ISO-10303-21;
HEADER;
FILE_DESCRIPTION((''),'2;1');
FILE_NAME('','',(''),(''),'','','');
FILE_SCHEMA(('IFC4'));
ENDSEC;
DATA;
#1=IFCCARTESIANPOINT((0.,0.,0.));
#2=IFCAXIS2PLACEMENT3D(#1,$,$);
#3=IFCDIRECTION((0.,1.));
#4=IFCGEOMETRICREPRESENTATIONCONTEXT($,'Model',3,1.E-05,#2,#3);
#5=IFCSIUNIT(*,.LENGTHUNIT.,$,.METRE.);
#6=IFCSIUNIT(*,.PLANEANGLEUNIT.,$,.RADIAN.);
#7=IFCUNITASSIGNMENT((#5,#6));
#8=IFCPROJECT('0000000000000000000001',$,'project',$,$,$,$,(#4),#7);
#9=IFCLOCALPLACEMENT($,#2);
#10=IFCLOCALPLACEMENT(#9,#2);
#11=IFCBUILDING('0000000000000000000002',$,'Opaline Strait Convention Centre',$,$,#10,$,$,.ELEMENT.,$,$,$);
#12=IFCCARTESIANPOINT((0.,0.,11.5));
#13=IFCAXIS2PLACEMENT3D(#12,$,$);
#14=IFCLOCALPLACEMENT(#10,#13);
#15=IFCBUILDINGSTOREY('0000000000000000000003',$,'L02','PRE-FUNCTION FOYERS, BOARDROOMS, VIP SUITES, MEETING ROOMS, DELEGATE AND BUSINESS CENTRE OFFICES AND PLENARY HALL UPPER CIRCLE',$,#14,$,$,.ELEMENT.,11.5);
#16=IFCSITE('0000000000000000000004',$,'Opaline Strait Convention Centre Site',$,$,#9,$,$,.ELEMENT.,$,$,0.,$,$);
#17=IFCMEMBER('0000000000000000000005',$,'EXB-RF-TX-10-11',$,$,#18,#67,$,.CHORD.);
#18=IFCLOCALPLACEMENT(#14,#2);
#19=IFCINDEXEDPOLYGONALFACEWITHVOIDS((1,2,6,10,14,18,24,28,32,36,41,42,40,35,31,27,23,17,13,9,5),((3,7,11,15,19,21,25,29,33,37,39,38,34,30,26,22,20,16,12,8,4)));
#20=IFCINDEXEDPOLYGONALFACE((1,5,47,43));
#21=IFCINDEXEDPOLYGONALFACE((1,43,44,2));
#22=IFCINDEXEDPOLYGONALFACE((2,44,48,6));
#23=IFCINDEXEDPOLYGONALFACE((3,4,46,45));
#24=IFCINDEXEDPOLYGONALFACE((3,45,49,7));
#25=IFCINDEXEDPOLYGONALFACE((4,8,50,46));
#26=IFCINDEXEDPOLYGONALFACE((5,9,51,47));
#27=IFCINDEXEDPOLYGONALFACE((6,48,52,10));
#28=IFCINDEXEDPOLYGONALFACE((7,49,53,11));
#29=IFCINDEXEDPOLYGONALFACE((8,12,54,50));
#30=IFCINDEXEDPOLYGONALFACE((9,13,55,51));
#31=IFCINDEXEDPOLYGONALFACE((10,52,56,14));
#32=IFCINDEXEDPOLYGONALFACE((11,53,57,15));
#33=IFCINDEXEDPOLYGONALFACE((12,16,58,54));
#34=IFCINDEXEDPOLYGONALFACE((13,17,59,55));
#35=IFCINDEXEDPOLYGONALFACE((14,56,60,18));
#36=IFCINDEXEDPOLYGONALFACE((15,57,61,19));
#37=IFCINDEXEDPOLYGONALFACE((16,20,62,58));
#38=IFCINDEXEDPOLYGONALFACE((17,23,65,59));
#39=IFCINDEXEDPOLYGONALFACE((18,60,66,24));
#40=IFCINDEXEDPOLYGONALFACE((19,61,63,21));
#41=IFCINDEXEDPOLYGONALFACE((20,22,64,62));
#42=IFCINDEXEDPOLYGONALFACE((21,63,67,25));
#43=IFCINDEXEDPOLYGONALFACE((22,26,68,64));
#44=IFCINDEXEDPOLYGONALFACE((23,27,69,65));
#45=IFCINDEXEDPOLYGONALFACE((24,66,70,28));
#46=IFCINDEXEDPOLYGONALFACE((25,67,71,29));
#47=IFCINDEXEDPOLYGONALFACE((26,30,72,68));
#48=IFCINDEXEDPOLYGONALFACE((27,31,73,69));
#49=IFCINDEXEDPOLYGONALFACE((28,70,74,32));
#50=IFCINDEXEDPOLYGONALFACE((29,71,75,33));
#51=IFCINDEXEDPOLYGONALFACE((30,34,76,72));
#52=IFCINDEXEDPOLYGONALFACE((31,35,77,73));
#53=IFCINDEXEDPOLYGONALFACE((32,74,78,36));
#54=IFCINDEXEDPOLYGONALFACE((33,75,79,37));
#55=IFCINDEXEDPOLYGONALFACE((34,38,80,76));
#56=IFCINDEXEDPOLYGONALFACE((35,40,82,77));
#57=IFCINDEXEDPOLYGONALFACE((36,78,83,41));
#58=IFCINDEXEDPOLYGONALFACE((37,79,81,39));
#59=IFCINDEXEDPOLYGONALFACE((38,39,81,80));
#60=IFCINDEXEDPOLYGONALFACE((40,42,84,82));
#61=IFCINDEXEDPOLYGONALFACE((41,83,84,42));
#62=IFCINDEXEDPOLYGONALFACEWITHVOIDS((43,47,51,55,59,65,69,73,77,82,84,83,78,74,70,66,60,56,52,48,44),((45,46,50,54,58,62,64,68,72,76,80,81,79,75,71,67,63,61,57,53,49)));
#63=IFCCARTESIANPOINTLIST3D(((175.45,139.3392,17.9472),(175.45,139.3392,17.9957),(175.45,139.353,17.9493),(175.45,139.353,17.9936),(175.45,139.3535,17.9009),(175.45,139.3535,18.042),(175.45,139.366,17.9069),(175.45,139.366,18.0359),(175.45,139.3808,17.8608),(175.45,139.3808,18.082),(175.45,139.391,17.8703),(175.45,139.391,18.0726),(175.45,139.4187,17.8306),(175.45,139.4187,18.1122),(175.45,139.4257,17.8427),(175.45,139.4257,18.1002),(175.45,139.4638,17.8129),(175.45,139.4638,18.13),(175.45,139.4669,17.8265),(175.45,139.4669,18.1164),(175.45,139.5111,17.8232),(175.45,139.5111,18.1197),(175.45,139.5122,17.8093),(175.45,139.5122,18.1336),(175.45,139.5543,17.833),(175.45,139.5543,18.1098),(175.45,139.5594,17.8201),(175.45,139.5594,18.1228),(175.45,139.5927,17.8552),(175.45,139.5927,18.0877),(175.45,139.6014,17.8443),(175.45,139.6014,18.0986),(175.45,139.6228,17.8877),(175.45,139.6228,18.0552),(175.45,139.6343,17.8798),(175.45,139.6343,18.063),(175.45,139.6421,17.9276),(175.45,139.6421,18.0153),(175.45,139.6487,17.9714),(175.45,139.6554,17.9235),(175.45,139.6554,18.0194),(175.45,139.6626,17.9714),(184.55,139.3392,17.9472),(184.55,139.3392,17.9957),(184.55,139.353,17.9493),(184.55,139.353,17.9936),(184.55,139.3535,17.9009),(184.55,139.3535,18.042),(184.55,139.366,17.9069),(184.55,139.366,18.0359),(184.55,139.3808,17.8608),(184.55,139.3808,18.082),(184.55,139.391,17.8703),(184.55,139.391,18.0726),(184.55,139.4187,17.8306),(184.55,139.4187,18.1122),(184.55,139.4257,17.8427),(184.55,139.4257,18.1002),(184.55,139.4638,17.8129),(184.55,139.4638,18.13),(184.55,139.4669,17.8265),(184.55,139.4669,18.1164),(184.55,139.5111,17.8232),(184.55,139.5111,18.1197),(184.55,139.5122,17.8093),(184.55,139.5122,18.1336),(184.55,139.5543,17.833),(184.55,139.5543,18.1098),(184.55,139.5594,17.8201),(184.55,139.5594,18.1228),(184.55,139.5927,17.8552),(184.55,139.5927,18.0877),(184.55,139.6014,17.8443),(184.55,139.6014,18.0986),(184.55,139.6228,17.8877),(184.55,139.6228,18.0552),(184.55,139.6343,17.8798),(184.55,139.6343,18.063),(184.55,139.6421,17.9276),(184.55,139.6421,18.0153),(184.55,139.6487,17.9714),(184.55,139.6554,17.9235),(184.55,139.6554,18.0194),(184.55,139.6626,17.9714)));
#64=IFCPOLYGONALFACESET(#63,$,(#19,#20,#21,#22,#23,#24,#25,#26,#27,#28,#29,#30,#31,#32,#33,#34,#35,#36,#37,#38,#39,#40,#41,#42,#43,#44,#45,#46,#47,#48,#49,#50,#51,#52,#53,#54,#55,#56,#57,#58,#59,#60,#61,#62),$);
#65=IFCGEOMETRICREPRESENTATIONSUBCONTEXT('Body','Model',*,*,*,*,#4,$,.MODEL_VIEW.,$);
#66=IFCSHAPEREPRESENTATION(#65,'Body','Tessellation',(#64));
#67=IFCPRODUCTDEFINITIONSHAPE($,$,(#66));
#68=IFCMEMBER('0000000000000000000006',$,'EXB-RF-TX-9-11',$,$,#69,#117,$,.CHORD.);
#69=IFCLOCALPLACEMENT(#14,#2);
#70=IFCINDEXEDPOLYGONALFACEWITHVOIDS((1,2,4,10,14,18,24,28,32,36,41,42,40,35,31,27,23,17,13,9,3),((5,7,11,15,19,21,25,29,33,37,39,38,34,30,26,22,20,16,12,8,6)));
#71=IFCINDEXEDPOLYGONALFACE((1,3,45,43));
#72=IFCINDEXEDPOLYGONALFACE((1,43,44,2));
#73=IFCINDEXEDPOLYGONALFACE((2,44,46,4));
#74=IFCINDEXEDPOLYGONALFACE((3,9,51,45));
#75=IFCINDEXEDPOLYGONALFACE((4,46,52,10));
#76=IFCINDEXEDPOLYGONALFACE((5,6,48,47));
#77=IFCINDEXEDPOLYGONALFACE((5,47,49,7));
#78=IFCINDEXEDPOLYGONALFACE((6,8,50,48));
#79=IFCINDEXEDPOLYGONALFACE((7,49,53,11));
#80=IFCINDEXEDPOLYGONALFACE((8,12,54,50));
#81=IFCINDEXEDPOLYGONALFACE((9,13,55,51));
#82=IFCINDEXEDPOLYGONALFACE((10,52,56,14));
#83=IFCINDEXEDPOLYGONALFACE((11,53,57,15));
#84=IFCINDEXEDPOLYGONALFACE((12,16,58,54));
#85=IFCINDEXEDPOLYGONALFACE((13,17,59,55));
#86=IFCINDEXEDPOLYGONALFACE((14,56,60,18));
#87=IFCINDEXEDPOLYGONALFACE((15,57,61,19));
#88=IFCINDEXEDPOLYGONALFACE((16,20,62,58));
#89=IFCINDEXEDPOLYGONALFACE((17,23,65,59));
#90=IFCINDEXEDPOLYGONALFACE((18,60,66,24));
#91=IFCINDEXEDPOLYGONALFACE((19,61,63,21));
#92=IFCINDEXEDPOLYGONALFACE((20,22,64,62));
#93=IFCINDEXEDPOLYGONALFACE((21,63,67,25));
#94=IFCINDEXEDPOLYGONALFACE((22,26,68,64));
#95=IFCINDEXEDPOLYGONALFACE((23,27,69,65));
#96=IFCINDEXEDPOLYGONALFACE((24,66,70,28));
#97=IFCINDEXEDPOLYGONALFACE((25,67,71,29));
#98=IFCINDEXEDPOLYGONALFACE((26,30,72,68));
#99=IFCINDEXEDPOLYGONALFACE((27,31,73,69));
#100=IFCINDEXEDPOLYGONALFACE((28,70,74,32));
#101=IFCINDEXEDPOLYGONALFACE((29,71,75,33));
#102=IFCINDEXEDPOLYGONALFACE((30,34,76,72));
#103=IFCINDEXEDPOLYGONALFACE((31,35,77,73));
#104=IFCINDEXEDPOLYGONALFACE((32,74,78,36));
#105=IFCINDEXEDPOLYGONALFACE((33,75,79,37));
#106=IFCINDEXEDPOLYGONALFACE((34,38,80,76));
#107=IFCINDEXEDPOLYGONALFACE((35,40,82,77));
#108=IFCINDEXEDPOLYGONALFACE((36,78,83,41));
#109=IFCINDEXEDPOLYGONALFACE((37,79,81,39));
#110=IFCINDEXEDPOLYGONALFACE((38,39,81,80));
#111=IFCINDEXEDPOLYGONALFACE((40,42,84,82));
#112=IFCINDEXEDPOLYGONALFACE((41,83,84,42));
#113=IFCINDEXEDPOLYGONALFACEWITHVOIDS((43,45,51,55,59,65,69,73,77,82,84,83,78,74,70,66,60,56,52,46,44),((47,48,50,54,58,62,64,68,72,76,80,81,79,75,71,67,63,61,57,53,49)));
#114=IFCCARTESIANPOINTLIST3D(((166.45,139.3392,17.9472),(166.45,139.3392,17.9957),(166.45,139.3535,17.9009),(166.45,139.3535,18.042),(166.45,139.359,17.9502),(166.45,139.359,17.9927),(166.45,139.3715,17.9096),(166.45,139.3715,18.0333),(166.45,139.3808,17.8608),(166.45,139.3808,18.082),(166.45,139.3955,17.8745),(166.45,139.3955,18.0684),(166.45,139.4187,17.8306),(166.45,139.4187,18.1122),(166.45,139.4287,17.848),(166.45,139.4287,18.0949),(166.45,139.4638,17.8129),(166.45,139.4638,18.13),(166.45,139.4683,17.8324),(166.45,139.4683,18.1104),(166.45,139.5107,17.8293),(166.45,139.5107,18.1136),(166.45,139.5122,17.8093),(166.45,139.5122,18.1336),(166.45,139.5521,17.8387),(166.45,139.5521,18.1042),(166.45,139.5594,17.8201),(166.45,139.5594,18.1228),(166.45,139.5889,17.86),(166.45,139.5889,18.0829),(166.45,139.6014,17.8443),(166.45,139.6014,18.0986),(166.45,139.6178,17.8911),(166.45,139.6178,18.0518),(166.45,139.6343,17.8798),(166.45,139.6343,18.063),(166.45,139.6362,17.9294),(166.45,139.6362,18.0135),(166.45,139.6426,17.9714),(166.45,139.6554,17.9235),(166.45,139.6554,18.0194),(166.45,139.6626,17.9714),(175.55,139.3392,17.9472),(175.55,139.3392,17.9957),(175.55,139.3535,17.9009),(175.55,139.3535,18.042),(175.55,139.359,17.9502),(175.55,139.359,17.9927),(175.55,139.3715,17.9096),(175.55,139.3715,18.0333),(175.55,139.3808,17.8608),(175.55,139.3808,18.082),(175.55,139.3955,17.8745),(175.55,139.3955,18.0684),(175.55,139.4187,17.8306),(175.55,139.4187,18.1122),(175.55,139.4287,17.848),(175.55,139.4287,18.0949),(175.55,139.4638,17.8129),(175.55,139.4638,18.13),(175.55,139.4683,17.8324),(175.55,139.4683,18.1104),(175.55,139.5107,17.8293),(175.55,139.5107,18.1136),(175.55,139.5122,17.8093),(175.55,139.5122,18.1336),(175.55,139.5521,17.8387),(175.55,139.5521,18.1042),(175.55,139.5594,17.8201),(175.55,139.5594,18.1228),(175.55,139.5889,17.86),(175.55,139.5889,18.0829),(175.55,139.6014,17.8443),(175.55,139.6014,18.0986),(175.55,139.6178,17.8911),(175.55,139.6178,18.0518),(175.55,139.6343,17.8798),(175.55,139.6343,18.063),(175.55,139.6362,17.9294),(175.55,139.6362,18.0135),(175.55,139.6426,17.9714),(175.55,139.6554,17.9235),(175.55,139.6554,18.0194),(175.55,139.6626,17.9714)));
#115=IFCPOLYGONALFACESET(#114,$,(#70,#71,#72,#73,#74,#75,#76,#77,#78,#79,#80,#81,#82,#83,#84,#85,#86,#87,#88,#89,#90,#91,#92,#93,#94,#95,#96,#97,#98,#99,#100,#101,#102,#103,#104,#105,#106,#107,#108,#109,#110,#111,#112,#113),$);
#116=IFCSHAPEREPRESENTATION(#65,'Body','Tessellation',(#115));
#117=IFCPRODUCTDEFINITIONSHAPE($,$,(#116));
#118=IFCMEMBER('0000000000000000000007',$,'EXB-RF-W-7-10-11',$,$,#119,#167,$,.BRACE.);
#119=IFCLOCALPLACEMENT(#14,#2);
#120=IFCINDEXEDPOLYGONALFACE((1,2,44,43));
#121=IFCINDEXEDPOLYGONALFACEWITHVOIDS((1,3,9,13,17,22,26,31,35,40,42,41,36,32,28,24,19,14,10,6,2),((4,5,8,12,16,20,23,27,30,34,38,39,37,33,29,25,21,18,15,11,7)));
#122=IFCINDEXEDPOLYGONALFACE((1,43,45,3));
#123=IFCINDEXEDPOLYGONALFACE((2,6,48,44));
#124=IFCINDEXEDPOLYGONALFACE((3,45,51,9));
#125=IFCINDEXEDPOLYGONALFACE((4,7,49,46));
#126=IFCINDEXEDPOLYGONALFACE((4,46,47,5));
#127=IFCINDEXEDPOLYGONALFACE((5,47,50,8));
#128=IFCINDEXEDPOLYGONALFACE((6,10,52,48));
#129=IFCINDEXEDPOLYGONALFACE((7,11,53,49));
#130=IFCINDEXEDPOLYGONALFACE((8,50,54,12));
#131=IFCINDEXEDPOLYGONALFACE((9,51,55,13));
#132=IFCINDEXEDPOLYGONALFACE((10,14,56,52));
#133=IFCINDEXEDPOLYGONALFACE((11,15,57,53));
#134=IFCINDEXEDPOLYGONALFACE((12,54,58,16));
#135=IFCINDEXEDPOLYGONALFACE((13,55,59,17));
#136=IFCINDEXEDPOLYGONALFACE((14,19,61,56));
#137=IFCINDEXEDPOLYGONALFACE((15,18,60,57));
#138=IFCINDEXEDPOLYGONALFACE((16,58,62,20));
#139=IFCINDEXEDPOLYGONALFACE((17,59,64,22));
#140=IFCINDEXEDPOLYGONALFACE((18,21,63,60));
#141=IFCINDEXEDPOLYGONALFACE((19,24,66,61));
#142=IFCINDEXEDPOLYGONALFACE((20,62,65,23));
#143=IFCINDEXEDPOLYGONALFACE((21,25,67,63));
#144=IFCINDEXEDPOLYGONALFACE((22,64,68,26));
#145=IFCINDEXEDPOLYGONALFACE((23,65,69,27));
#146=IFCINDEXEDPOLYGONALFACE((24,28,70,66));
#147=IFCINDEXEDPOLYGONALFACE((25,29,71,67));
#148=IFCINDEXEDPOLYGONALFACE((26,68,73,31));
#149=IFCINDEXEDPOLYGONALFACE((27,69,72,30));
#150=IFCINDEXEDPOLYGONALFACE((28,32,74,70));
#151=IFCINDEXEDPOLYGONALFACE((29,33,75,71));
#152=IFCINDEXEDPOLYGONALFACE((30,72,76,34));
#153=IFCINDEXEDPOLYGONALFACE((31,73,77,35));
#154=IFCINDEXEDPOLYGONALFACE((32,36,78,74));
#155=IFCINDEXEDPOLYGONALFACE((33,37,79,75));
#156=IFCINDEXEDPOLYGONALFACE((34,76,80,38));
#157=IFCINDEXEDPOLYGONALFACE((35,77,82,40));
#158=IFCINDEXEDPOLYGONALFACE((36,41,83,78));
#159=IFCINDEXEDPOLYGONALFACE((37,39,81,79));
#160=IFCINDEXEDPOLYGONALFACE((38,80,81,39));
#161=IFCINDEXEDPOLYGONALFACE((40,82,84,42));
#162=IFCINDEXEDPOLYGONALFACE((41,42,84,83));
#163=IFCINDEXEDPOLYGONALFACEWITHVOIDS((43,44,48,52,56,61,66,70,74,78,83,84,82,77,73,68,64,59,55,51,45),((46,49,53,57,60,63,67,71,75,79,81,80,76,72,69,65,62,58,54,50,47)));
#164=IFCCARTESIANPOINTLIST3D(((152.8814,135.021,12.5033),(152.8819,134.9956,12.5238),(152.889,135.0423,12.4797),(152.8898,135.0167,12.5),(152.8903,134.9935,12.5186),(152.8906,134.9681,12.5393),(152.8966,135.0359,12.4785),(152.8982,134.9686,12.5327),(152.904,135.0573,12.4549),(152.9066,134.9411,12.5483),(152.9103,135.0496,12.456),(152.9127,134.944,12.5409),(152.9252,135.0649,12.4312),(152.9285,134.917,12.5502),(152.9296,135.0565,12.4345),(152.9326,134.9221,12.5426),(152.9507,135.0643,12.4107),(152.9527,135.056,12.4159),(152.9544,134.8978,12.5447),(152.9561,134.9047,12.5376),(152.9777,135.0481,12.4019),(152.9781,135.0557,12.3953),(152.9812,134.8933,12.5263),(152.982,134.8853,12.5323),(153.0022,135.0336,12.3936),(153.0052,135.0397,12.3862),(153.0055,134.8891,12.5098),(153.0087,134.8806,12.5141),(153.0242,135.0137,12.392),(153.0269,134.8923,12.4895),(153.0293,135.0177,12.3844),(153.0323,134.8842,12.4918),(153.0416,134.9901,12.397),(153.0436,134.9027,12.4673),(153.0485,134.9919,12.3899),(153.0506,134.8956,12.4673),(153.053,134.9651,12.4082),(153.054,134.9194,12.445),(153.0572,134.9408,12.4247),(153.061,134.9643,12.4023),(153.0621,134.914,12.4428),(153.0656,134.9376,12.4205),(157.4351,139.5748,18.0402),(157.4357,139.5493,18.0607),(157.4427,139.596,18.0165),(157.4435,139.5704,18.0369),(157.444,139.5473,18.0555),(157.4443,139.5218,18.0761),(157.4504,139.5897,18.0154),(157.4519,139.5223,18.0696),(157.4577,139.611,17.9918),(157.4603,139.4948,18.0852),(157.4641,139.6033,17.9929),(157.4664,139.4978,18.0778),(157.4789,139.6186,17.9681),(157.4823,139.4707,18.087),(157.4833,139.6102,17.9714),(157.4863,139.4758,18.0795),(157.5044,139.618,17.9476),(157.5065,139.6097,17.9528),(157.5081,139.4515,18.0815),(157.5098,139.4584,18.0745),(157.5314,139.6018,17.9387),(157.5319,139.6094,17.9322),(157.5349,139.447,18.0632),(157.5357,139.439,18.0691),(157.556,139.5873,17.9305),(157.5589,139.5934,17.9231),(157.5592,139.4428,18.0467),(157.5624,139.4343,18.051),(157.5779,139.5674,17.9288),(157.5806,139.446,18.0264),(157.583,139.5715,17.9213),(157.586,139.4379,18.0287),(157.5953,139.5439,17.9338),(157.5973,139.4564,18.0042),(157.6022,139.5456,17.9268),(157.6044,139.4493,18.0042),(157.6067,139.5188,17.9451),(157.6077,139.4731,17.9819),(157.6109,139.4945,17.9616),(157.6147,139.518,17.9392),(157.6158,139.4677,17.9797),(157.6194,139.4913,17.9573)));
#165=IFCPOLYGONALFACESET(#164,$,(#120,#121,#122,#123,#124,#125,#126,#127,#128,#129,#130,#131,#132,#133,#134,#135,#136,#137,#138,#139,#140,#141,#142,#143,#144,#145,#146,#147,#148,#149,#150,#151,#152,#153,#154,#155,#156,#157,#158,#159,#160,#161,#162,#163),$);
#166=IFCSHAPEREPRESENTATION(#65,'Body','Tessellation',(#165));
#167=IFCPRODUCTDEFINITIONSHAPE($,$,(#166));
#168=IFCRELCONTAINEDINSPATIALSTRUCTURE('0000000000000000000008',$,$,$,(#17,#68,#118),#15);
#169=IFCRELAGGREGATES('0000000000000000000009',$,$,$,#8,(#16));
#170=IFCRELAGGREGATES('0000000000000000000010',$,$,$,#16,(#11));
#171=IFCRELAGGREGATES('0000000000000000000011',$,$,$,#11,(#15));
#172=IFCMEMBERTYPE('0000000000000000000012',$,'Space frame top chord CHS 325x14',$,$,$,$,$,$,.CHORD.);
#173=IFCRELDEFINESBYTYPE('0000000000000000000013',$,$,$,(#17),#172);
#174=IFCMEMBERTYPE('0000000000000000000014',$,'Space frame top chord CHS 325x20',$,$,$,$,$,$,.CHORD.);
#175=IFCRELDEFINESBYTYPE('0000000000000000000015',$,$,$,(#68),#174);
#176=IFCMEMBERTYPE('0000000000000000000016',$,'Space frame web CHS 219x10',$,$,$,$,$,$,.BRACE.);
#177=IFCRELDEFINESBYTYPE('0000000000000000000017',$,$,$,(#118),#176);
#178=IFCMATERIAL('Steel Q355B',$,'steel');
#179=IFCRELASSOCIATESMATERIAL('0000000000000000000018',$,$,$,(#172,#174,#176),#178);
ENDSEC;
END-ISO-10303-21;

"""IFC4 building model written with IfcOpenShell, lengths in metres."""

from ifc_helpers import new_model, si_unit, direction, frame, origin, origin_2d, place, context, subcontext, project, spatial, hollow_circle, extrude, material, material_profile, profile_set, type_object, element, save


model = new_model("IFC4")

# Units and contexts
model_context = context("Model", 3, precision=1e-05, world=origin(), true_north=direction((0.0, 1.0)))
body_context = subcontext(model_context, "Body", "Model", "MODEL_VIEW")
ifc_project = project(units=[si_unit("LENGTHUNIT", "METRE"), si_unit("PLANEANGLEUNIT", "RADIAN")], contexts=[model_context])

# Site, building, storey
site_placement = place(None, origin())
site = spatial("IfcSite", under=ifc_project, at=site_placement, Name="Opaline Strait Convention Centre Site", CompositionType="ELEMENT", RefElevation=0.0)
building_placement = place(site_placement, origin())
building = spatial("IfcBuilding", under=site, at=building_placement, Name="Opaline Strait Convention Centre", CompositionType="ELEMENT")
storey_placement = place(building_placement, frame((0.0, 0.0, 11.5)))
storey = spatial("IfcBuildingStorey", under=building, at=storey_placement, Name="L02", Description="PRE-FUNCTION FOYERS, BOARDROOMS, VIP SUITES, MEETING ROOMS, DELEGATE AND BUSINESS CENTRE OFFICES AND PLENARY HALL UPPER CIRCLE", CompositionType="ELEMENT", Elevation=11.5)

# Members
ifc_material_1 = material(Name="Steel Q355B", Category="steel")
ifc_material_profile_1 = material_profile(ifc_material_1, hollow_circle(Radius=0.1626, WallThickness=0.0139, at=origin_2d()), Name="CHS 325x14")
ifc_profile_set_1 = profile_set([ifc_material_profile_1], Name="Steel Q355B")
member_type_1 = type_object("IfcMemberType", Name="Space frame top chord CHS 325x14", PredefinedType="CHORD", material=ifc_profile_set_1)
member_1_placement = place(storey_placement, frame((175.45, 139.5, 17.9714), z_axis=(1.0, 0.0, 0.0), x_axis=(0.0, 1.0, 0.0)))
element("IfcMember", 1, at=member_1_placement, inside=storey, type_object=member_type_1, Name="EXB-RF-TX-10-11", PredefinedType="CHORD", context=body_context, shape_type="SweptSolid", body=[
    extrude(hollow_circle(Radius=0.1626, WallThickness=0.0139, at=origin_2d()), origin(), (0.0, 0.0, 1.0), 9.1001),
])
ifc_material_profile_2 = material_profile(ifc_material_1, hollow_circle(Radius=0.1626, WallThickness=0.02, at=origin_2d()), Name="CHS 325x20")
ifc_profile_set_2 = profile_set([ifc_material_profile_2], Name="Steel Q355B")
member_type_2 = type_object("IfcMemberType", Name="Space frame top chord CHS 325x20", PredefinedType="CHORD", material=ifc_profile_set_2)
member_2_placement = place(storey_placement, frame((166.45, 139.5, 17.9714), z_axis=(1.0, 0.0, 0.0), x_axis=(0.0, 1.0, 0.0)))
element("IfcMember", 2, at=member_2_placement, inside=storey, type_object=member_type_2, Name="EXB-RF-TX-9-11", PredefinedType="CHORD", context=body_context, shape_type="SweptSolid", body=[
    extrude(hollow_circle(Radius=0.1626, WallThickness=0.02, at=origin_2d()), origin(), (0.0, 0.0, 1.0), 9.1001),
])
ifc_material_profile_3 = material_profile(ifc_material_1, hollow_circle(Radius=0.1096, WallThickness=0.01, at=origin_2d()), Name="CHS 219x10")
ifc_profile_set_3 = profile_set([ifc_material_profile_3], Name="Steel Q355B")
member_type_3 = type_object("IfcMemberType", Name="Space frame web CHS 219x10", PredefinedType="BRACE", material=ifc_profile_set_3)
for number, where, z_axis, x_axis, name in (
    (3, (157.5269, 139.5269, 18.0042), (-0.536178, -0.536178, -0.65194), (0.707107, -0.707107, 0.0), "EXB-RF-W-7-10-11"),
):
    element("IfcMember", number, at=place(storey_placement, frame(where, z_axis=z_axis, x_axis=x_axis)), inside=storey, type_object=member_type_3, Name=name, PredefinedType="BRACE", context=body_context, shape_type="SweptSolid", body=[
        extrude(hollow_circle(Radius=0.1096, WallThickness=0.01, at=origin_2d()), origin(), (0.0, 0.0, 1.0), 8.4929),
    ])

save(model, "model.ifc")
